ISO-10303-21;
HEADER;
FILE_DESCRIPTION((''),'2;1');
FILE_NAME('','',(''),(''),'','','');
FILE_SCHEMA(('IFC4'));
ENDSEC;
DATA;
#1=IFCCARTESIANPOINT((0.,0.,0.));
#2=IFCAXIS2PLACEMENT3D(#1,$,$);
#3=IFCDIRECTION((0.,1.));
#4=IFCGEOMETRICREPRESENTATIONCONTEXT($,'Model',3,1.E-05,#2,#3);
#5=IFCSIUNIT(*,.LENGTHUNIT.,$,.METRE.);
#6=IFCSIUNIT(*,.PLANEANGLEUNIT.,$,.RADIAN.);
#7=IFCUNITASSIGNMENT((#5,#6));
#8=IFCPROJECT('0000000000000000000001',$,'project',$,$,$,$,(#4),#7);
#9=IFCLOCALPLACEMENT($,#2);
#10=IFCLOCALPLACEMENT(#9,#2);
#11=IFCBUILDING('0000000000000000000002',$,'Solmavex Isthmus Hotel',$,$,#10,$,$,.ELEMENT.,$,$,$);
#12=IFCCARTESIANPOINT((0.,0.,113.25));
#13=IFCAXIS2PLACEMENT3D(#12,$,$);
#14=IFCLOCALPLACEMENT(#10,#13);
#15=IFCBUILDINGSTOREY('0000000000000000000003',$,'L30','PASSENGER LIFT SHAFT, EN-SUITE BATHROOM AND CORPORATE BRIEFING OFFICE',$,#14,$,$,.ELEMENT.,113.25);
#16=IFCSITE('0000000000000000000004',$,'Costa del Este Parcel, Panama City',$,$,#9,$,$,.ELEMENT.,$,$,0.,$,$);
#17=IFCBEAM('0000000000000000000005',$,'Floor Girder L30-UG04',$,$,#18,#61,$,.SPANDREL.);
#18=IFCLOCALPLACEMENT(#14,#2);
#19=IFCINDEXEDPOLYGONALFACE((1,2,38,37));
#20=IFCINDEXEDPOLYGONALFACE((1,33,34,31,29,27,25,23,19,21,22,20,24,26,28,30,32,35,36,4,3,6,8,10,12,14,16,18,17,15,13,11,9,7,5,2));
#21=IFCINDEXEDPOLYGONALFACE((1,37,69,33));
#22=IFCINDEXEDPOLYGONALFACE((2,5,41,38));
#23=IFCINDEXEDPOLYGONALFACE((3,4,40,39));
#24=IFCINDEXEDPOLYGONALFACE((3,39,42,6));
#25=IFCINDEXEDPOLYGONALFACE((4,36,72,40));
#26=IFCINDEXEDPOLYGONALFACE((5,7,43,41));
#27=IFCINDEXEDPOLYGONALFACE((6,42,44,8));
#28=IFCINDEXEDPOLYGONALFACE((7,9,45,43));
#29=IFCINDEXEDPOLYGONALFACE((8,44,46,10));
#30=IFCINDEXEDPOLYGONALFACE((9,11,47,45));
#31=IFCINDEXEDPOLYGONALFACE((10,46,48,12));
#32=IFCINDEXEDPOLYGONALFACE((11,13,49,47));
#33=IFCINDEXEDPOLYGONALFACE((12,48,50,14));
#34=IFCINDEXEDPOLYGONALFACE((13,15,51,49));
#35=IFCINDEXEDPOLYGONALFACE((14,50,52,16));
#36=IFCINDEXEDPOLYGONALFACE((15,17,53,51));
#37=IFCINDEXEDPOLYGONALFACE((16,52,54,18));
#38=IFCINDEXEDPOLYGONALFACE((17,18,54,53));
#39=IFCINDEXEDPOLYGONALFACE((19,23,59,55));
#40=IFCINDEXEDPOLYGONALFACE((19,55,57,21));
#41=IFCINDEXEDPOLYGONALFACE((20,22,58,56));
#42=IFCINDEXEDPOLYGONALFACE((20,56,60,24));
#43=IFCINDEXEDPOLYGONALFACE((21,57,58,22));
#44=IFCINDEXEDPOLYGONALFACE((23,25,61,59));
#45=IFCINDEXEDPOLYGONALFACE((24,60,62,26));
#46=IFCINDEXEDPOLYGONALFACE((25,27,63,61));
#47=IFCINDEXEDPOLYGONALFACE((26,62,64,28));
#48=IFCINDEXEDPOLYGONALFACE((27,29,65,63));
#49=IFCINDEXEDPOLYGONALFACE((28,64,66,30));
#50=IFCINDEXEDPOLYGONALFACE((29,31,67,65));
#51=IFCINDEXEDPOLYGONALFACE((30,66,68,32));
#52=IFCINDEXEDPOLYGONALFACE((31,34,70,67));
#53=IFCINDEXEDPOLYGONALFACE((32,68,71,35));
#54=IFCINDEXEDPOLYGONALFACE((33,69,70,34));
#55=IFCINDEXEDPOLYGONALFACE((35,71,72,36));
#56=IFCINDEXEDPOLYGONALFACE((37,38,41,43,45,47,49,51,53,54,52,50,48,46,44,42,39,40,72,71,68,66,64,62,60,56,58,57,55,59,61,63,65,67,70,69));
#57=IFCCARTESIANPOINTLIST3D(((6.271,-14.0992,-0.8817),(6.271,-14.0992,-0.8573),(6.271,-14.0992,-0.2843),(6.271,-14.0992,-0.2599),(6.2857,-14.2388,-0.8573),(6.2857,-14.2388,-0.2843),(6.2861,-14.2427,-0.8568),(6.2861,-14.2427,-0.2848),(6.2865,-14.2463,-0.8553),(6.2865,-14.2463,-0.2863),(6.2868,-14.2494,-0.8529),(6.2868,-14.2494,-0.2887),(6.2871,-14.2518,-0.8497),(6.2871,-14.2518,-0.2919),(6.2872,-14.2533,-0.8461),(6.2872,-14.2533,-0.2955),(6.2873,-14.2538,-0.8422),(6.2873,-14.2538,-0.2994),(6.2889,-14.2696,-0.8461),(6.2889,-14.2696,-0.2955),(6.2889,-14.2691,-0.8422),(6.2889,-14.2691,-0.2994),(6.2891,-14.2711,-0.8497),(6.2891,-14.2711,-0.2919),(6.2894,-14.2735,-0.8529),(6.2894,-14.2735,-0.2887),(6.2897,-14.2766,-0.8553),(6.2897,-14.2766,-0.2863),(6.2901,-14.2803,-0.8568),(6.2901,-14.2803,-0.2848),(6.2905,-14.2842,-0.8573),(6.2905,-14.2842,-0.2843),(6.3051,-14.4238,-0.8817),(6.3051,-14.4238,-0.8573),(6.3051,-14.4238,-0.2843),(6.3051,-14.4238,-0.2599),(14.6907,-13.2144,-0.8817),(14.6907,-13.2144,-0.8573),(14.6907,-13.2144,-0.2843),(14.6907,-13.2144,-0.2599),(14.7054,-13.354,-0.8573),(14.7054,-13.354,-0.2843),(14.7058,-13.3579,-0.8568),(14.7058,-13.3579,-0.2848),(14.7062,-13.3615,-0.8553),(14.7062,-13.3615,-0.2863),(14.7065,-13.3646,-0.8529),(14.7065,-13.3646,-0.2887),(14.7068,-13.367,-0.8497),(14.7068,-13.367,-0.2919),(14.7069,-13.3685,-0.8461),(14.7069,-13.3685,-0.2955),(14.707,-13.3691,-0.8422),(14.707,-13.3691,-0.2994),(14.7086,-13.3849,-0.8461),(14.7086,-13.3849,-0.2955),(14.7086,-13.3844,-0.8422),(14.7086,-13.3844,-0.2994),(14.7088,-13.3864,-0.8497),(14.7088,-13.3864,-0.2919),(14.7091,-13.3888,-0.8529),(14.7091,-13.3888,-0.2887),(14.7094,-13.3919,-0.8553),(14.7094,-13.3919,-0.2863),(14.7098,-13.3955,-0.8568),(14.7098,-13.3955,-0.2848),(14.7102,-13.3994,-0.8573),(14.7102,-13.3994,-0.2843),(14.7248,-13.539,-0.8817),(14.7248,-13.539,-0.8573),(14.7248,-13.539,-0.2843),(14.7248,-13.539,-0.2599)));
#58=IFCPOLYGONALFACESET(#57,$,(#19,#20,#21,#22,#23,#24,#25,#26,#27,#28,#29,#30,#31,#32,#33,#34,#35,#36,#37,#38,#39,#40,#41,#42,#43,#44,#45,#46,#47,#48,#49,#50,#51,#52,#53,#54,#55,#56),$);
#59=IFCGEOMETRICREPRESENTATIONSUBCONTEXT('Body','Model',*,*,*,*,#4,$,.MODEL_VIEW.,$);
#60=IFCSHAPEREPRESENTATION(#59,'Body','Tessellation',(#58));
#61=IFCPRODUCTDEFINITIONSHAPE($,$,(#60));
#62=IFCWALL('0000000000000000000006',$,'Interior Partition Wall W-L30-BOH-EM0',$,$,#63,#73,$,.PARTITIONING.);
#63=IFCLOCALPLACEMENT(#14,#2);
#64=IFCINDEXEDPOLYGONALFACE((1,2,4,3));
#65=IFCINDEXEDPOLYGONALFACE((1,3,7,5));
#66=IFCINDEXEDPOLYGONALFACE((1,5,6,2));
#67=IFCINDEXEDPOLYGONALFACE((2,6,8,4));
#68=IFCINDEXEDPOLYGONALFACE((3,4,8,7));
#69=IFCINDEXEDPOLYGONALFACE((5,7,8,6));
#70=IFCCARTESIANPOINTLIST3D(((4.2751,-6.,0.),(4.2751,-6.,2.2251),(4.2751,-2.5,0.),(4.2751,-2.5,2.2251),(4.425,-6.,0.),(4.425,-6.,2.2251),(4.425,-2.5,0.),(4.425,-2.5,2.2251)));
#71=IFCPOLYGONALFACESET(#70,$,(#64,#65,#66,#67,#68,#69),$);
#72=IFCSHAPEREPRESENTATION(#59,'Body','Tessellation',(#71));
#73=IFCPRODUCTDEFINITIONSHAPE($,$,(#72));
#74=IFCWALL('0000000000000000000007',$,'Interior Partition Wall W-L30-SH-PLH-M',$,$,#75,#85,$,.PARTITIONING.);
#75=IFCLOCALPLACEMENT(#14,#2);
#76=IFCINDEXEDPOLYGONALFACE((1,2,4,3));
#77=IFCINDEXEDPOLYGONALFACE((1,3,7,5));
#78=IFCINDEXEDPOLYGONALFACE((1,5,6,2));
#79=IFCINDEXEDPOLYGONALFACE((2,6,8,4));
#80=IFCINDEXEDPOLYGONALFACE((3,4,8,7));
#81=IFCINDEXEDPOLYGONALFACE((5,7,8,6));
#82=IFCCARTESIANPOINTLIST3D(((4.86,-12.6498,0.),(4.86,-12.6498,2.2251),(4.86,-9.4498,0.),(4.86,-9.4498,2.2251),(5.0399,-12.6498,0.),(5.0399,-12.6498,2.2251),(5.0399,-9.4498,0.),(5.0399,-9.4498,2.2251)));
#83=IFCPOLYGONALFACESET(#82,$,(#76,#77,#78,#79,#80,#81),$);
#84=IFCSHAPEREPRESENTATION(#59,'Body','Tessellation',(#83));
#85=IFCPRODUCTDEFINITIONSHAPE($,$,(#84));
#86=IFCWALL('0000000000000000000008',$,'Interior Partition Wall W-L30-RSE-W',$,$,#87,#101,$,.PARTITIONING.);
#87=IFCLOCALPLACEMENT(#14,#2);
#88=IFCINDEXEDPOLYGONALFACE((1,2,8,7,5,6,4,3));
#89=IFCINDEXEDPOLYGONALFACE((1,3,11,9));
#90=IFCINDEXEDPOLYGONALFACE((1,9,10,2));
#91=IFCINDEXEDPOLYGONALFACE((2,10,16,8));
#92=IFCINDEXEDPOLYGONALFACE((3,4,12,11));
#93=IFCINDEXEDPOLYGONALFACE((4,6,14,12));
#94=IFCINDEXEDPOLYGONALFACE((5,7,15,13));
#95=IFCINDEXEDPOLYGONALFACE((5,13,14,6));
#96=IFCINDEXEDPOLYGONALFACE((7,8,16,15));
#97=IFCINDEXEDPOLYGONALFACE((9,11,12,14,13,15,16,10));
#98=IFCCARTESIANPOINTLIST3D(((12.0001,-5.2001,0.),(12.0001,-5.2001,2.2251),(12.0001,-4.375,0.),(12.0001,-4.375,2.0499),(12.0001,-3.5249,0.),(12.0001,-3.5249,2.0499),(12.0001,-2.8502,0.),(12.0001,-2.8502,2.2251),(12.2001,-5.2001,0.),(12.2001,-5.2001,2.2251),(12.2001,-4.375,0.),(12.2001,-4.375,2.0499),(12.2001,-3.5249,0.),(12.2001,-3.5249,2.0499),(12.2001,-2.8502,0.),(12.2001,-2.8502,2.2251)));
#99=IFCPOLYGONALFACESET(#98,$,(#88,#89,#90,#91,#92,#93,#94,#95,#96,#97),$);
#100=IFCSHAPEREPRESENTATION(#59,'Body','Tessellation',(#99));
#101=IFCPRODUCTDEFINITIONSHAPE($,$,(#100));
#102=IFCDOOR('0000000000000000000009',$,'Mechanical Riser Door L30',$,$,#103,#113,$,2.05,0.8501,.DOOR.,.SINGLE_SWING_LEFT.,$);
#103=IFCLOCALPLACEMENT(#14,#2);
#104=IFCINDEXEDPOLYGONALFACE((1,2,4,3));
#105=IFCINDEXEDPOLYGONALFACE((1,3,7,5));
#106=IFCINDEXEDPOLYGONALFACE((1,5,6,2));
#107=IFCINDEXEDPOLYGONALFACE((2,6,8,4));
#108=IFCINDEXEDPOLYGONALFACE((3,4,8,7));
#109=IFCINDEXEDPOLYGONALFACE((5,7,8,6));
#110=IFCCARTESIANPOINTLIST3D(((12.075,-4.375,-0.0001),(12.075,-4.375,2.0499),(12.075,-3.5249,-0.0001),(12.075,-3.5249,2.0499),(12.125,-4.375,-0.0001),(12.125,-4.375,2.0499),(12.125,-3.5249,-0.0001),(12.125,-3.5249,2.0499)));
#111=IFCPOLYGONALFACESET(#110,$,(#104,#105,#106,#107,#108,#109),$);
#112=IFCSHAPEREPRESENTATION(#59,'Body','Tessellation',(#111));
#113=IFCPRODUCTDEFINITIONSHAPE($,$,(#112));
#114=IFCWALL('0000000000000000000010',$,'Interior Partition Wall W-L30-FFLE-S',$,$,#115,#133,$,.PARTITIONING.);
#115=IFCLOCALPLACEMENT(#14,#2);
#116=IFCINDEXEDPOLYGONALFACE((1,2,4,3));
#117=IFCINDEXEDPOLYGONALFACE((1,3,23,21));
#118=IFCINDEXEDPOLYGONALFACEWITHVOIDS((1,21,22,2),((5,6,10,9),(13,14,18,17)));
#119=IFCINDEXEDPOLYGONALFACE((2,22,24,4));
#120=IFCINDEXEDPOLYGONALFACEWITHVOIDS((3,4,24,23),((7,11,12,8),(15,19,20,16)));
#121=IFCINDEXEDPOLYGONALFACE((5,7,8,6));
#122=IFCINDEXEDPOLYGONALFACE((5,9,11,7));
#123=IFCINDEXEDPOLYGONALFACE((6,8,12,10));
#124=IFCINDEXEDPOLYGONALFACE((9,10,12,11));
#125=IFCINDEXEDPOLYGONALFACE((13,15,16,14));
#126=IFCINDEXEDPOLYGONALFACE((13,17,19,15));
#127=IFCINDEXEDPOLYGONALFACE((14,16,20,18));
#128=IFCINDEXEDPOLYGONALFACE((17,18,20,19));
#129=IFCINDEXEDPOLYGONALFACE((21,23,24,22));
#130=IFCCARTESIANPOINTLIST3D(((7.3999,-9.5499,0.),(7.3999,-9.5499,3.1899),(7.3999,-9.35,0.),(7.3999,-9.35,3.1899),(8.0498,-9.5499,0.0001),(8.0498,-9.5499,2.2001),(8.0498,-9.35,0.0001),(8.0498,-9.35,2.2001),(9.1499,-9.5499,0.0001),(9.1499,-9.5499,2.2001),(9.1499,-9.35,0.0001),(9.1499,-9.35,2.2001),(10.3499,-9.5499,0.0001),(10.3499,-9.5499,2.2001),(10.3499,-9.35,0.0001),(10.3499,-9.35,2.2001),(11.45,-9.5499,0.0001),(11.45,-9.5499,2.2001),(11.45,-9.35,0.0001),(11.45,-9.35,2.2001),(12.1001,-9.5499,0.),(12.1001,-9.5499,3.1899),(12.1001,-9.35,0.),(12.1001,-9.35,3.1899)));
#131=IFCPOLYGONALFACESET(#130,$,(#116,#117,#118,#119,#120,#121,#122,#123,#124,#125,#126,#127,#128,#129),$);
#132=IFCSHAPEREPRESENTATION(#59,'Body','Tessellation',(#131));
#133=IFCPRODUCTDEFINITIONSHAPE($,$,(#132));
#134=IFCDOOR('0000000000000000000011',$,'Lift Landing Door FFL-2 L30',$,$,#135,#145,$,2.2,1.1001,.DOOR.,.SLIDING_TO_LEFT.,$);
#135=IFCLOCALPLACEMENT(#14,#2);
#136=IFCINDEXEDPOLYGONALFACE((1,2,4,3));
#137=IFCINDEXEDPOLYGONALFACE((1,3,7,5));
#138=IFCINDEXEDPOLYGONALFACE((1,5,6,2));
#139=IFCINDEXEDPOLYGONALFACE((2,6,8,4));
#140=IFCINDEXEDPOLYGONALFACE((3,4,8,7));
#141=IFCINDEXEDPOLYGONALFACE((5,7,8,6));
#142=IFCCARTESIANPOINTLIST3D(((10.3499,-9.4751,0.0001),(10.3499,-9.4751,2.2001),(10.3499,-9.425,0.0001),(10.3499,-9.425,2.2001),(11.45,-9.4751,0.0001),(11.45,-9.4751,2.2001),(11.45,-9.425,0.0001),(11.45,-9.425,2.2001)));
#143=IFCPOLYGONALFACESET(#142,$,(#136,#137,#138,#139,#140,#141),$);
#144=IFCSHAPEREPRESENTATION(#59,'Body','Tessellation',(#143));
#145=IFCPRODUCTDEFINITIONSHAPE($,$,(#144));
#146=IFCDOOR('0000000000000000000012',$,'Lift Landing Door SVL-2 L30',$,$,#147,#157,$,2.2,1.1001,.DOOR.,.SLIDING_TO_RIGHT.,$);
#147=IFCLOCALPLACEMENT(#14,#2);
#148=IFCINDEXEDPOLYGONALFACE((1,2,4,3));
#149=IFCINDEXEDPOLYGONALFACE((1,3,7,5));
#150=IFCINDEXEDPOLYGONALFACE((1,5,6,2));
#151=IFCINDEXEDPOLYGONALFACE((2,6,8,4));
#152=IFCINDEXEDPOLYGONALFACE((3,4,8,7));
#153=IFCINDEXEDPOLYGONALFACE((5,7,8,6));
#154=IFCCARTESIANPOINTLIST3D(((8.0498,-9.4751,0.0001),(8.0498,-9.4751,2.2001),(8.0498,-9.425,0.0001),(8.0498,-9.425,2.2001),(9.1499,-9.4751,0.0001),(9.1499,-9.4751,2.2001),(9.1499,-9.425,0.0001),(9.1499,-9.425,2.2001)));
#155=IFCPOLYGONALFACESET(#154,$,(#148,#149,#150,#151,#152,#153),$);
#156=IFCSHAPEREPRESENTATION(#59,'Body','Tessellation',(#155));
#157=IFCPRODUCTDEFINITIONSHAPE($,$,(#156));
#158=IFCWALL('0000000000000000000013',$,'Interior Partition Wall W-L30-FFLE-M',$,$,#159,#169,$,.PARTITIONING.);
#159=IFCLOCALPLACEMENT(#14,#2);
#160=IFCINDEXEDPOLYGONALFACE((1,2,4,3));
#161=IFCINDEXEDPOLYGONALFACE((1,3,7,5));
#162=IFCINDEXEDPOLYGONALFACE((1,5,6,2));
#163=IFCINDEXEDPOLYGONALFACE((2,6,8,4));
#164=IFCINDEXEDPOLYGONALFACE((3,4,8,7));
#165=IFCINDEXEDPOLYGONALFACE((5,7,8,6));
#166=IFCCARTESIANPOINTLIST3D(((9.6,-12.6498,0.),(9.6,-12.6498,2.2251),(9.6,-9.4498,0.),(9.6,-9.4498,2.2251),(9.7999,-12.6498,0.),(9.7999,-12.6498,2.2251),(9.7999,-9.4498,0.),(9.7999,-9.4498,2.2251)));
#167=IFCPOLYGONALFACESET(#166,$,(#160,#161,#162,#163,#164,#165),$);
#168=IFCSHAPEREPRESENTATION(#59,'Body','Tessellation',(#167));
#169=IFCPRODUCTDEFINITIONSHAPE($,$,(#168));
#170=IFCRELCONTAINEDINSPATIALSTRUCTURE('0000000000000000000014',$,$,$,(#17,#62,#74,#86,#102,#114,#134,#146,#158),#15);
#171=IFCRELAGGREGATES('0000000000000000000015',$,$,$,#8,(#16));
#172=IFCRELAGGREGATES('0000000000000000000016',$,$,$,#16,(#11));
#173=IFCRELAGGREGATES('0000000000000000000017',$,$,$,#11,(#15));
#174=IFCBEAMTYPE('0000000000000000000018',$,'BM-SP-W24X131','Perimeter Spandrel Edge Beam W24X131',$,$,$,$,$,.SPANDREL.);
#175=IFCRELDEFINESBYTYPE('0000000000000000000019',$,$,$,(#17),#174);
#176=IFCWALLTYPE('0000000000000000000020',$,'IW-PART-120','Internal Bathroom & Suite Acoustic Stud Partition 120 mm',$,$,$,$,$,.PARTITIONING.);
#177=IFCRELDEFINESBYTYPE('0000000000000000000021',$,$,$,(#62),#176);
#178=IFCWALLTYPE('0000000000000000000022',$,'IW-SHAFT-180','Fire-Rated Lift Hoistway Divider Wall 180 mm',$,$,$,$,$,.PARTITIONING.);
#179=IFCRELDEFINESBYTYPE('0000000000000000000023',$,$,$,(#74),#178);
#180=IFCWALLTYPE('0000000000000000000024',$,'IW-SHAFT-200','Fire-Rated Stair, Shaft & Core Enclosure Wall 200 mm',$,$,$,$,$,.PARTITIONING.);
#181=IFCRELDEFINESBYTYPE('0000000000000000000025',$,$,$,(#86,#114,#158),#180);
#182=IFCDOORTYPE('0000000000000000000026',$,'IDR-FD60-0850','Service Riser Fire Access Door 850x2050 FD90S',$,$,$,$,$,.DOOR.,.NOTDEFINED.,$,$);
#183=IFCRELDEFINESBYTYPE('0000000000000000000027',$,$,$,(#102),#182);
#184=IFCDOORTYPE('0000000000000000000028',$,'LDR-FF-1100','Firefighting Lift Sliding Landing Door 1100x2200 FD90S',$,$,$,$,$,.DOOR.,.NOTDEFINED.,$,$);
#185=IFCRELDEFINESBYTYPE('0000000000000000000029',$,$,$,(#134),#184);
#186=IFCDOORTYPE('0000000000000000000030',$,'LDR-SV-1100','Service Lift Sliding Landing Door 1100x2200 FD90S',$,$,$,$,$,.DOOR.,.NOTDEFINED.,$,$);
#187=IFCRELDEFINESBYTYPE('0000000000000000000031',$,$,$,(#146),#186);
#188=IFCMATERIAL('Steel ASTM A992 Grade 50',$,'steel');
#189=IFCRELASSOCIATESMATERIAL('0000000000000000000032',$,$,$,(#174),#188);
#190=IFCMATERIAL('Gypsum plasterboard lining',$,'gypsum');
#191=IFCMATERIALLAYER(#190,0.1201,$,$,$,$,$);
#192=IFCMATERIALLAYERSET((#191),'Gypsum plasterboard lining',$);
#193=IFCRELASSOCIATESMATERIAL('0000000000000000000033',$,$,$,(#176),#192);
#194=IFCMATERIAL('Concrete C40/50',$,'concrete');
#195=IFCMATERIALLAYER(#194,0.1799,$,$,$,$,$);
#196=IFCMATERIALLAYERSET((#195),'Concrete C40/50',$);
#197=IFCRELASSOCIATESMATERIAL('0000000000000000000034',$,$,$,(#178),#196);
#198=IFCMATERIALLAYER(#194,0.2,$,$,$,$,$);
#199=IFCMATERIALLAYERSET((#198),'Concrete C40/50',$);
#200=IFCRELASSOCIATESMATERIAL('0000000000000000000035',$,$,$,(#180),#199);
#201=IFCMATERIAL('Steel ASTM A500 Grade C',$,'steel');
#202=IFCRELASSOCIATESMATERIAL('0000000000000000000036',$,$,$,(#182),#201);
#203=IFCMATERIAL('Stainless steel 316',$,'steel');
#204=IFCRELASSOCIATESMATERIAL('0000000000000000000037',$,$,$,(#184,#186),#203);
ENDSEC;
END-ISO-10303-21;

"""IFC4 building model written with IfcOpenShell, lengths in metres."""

from ifc_helpers import new_model, si_unit, direction, frame, frame_2d, origin, origin_2d, place, context, subcontext, project, spatial, rectangle, i_section, extrude, material, layer, layer_set, material_profile, profile_set, type_object, element, fill, save


model = new_model("IFC4")

# Units and contexts
model_context = context("Model", 3, precision=1e-05, world=origin(), true_north=direction((0.0, 1.0)))
body_context = subcontext(model_context, "Body", "Model", "MODEL_VIEW")
ifc_project = project(units=[si_unit("LENGTHUNIT", "METRE"), si_unit("PLANEANGLEUNIT", "RADIAN")], contexts=[model_context])

# Site, building, storey
site_placement = place(None, origin())
site = spatial("IfcSite", under=ifc_project, at=site_placement, Name="Costa del Este Parcel, Panama City", CompositionType="ELEMENT", RefElevation=0.0)
building_placement = place(site_placement, origin())
building = spatial("IfcBuilding", under=site, at=building_placement, Name="Solmavex Isthmus Hotel", CompositionType="ELEMENT")
storey_placement = place(building_placement, frame((0.0, 0.0, 113.25)))
storey = spatial("IfcBuildingStorey", under=building, at=storey_placement, Name="L30", Description="PASSENGER LIFT SHAFT, EN-SUITE BATHROOM AND CORPORATE BRIEFING OFFICE", CompositionType="ELEMENT", Elevation=113.25)

# Beam
ifc_material_1 = material(Name="Steel ASTM A992 Grade 50", Category="steel")
ifc_material_profile_1 = material_profile(ifc_material_1, i_section(OverallWidth=0.3264, OverallDepth=0.6218, WebThickness=0.0154, FlangeThickness=0.0244, FilletRadius=0.0151, at=origin_2d()), Name="W24X131")
ifc_profile_set_1 = profile_set([ifc_material_profile_1], Name="Steel ASTM A992 Grade 50")
beam_type_1 = type_object("IfcBeamType", Name="BM-SP-W24X131", Description="Perimeter Spandrel Edge Beam W24X131", PredefinedType="SPANDREL", material=ifc_profile_set_1)
beam_1_placement = place(storey_placement, frame((6.2881, -14.2615, -0.5708), z_axis=(0.994524, 0.104508, 0.0), x_axis=(-0.104508, 0.994524, 0.0)))
element("IfcBeam", 1, at=beam_1_placement, inside=storey, type_object=beam_type_1, Name="Floor Girder L30-UG04", PredefinedType="SPANDREL", context=body_context, shape_type="SweptSolid", body=[
    extrude(i_section(OverallWidth=0.3264, OverallDepth=0.6218, WebThickness=0.0154, FlangeThickness=0.0244, FilletRadius=0.0151, at=origin_2d()), origin(), (0.0, 0.0, 1.0), 8.4661),
])

# Walls
ifc_material_2 = material(Name="Gypsum plasterboard lining", Category="gypsum")
ifc_layer_1 = layer(ifc_material_2, 0.1201)
ifc_layer_set_1 = layer_set([ifc_layer_1], Name="Gypsum plasterboard lining")
wall_type_1 = type_object("IfcWallType", Name="IW-PART-120", Description="Internal Bathroom & Suite Acoustic Stud Partition 120 mm", PredefinedType="PARTITIONING", material=ifc_layer_set_1)
wall_1_placement = place(storey_placement, frame((4.3501, -6.0, 0.0), z_axis=(0.0, 0.0, 1.0), x_axis=(0.0, 1.0, 0.0)))
element("IfcWall", 2, at=wall_1_placement, inside=storey, type_object=wall_type_1, Name="Interior Partition Wall W-L30-BOH-EM0", PredefinedType="PARTITIONING", context=body_context, shape_type="SweptSolid", body=[
    extrude(rectangle(XDim=3.5, YDim=0.1499, at=frame_2d((1.75, 0.0))), origin(), (0.0, 0.0, 1.0), 2.2251),
])
ifc_material_3 = material(Name="Concrete C40/50", Category="concrete")
ifc_layer_2 = layer(ifc_material_3, 0.1799)
ifc_layer_set_2 = layer_set([ifc_layer_2], Name="Concrete C40/50")
wall_type_2 = type_object("IfcWallType", Name="IW-SHAFT-180", Description="Fire-Rated Lift Hoistway Divider Wall 180 mm", PredefinedType="PARTITIONING", material=ifc_layer_set_2)
wall_2_placement = place(storey_placement, frame((4.95, -12.6499, 0.0), z_axis=(0.0, 0.0, 1.0), x_axis=(0.0, 1.0, 0.0)))
element("IfcWall", 3, at=wall_2_placement, inside=storey, type_object=wall_type_2, Name="Interior Partition Wall W-L30-SH-PLH-M", PredefinedType="PARTITIONING", context=body_context, shape_type="SweptSolid", body=[
    extrude(rectangle(XDim=3.2, YDim=0.1799, at=frame_2d((1.6001, 0.0))), origin(), (0.0, 0.0, 1.0), 2.2251),
])

# Wall, opening, door
ifc_layer_3 = layer(ifc_material_3, 0.2)
ifc_layer_set_3 = layer_set([ifc_layer_3], Name="Concrete C40/50")
wall_type_3 = type_object("IfcWallType", Name="IW-SHAFT-200", Description="Fire-Rated Stair, Shaft & Core Enclosure Wall 200 mm", PredefinedType="PARTITIONING", material=ifc_layer_set_3)
wall_3_placement = place(storey_placement, frame((12.1001, -5.2, 0.0), z_axis=(0.0, 0.0, 1.0), x_axis=(0.0, 1.0, 0.0)))
wall_3 = element("IfcWall", 4, at=wall_3_placement, inside=storey, type_object=wall_type_3, Name="Interior Partition Wall W-L30-RSE-W", PredefinedType="PARTITIONING", context=body_context, shape_type="SweptSolid", body=[
    extrude(rectangle(XDim=2.3499, YDim=0.2, at=frame_2d((1.1748, 0.0))), origin(), (0.0, 0.0, 1.0), 2.2251),
])
opening_1_placement = place(wall_3_placement, frame((0.825, 0.0, 0.0)))
opening_1 = element("IfcOpeningElement", 5, at=opening_1_placement, cuts=wall_3, PredefinedType="OPENING", context=body_context, shape_type="SweptSolid", body=[
    extrude(rectangle(XDim=0.8501, YDim=2.05, at=frame_2d((0.425, 1.0249))), frame((0.0, 0.1099, 0.0), z_axis=(0.0, -1.0, 0.0), x_axis=(1.0, 0.0, 0.0)), (0.0, 0.0, 1.0), 0.22),
])
ifc_material_4 = material(Name="Steel ASTM A500 Grade C", Category="steel")
door_type_1 = type_object("IfcDoorType", Name="IDR-FD60-0850", Description="Service Riser Fire Access Door 850x2050 FD90S", OperationType="NOTDEFINED", PredefinedType="DOOR", material=ifc_material_4)
door_1_placement = place(opening_1_placement, frame((0.8501, 0.0, 0.0), z_axis=(0.0, 0.0, 1.0), x_axis=(-1.0, 0.0, 0.0)))
door_1 = element("IfcDoor", 6, at=door_1_placement, inside=storey, type_object=door_type_1, Name="Mechanical Riser Door L30", OperationType="SINGLE_SWING_LEFT", OverallHeight=2.05, OverallWidth=0.8501, PredefinedType="DOOR", context=body_context, shape_type="SweptSolid", body=[
    extrude(rectangle(XDim=0.8501, YDim=2.05, at=frame_2d((0.425, 1.0249))), frame((0.0, 0.0249, 0.0), z_axis=(0.0, -1.0, 0.0), x_axis=(1.0, 0.0, 0.0)), (0.0, 0.0, 1.0), 0.05),
])
fill(opening_1, door_1)

# Wall, openings, doors
wall_4_placement = place(storey_placement, frame((7.3999, -9.45, 0.0), z_axis=(0.0, 0.0, 1.0), x_axis=(1.0, 0.0, 0.0)))
wall_4 = element("IfcWall", 7, at=wall_4_placement, inside=storey, type_object=wall_type_3, Name="Interior Partition Wall W-L30-FFLE-S", PredefinedType="PARTITIONING", context=body_context, shape_type="SweptSolid", body=[
    extrude(rectangle(XDim=4.7002, YDim=0.2, at=frame_2d((2.3501, 0.0))), origin(), (0.0, 0.0, 1.0), 3.1899),
])
opening_2_placement = place(wall_4_placement, frame((2.95, 0.0, 0.0)))
opening_2 = element("IfcOpeningElement", 8, at=opening_2_placement, cuts=wall_4, PredefinedType="OPENING", context=body_context, shape_type="SweptSolid", body=[
    extrude(rectangle(XDim=1.1001, YDim=2.2, at=frame_2d((0.55, 1.1001))), frame((0.0, 0.1099, 0.0), z_axis=(0.0, -1.0, 0.0), x_axis=(1.0, 0.0, 0.0)), (0.0, 0.0, 1.0), 0.22),
])
opening_3_placement = place(wall_4_placement, frame((0.6499, 0.0, 0.0)))
opening_3 = element("IfcOpeningElement", 9, at=opening_3_placement, cuts=wall_4, PredefinedType="OPENING", context=body_context, shape_type="SweptSolid", body=[
    extrude(rectangle(XDim=1.1001, YDim=2.2, at=frame_2d((0.55, 1.1001))), frame((0.0, 0.1099, 0.0), z_axis=(0.0, -1.0, 0.0), x_axis=(1.0, 0.0, 0.0)), (0.0, 0.0, 1.0), 0.22),
])
ifc_material_5 = material(Name="Stainless steel 316", Category="steel")
door_type_2 = type_object("IfcDoorType", Name="LDR-FF-1100", Description="Firefighting Lift Sliding Landing Door 1100x2200 FD90S", OperationType="NOTDEFINED", PredefinedType="DOOR", material=ifc_material_5)
door_2_placement = place(opening_2_placement, origin())
door_2 = element("IfcDoor", 10, at=door_2_placement, inside=storey, type_object=door_type_2, Name="Lift Landing Door FFL-2 L30", OperationType="SLIDING_TO_LEFT", OverallHeight=2.2, OverallWidth=1.1001, PredefinedType="DOOR", context=body_context, shape_type="SweptSolid", body=[
    extrude(rectangle(XDim=1.1001, YDim=2.2, at=frame_2d((0.55, 1.1001))), frame((0.0, 0.0249, 0.0), z_axis=(0.0, -1.0, 0.0), x_axis=(1.0, 0.0, 0.0)), (0.0, 0.0, 1.0), 0.05),
])
fill(opening_2, door_2)
door_type_3 = type_object("IfcDoorType", Name="LDR-SV-1100", Description="Service Lift Sliding Landing Door 1100x2200 FD90S", OperationType="NOTDEFINED", PredefinedType="DOOR", material=ifc_material_5)
door_3_placement = place(opening_3_placement, origin())
door_3 = element("IfcDoor", 11, at=door_3_placement, inside=storey, type_object=door_type_3, Name="Lift Landing Door SVL-2 L30", OperationType="SLIDING_TO_RIGHT", OverallHeight=2.2, OverallWidth=1.1001, PredefinedType="DOOR", context=body_context, shape_type="SweptSolid", body=[
    extrude(rectangle(XDim=1.1001, YDim=2.2, at=frame_2d((0.55, 1.1001))), frame((0.0, 0.0249, 0.0), z_axis=(0.0, -1.0, 0.0), x_axis=(1.0, 0.0, 0.0)), (0.0, 0.0, 1.0), 0.05),
])
fill(opening_3, door_3)

# Wall
for number, where, z_axis, x_axis, name in (
    (12, (9.7, -12.6499, 0.0), (0.0, 0.0, 1.0), (0.0, 1.0, 0.0), "Interior Partition Wall W-L30-FFLE-M"),
):
    element("IfcWall", number, at=place(storey_placement, frame(where, z_axis=z_axis, x_axis=x_axis)), inside=storey, type_object=wall_type_3, Name=name, PredefinedType="PARTITIONING", context=body_context, shape_type="SweptSolid", body=[
        extrude(rectangle(XDim=3.2, YDim=0.2, at=frame_2d((1.6001, 0.0))), origin(), (0.0, 0.0, 1.0), 2.2251),
    ])

save(model, "model.ifc")
